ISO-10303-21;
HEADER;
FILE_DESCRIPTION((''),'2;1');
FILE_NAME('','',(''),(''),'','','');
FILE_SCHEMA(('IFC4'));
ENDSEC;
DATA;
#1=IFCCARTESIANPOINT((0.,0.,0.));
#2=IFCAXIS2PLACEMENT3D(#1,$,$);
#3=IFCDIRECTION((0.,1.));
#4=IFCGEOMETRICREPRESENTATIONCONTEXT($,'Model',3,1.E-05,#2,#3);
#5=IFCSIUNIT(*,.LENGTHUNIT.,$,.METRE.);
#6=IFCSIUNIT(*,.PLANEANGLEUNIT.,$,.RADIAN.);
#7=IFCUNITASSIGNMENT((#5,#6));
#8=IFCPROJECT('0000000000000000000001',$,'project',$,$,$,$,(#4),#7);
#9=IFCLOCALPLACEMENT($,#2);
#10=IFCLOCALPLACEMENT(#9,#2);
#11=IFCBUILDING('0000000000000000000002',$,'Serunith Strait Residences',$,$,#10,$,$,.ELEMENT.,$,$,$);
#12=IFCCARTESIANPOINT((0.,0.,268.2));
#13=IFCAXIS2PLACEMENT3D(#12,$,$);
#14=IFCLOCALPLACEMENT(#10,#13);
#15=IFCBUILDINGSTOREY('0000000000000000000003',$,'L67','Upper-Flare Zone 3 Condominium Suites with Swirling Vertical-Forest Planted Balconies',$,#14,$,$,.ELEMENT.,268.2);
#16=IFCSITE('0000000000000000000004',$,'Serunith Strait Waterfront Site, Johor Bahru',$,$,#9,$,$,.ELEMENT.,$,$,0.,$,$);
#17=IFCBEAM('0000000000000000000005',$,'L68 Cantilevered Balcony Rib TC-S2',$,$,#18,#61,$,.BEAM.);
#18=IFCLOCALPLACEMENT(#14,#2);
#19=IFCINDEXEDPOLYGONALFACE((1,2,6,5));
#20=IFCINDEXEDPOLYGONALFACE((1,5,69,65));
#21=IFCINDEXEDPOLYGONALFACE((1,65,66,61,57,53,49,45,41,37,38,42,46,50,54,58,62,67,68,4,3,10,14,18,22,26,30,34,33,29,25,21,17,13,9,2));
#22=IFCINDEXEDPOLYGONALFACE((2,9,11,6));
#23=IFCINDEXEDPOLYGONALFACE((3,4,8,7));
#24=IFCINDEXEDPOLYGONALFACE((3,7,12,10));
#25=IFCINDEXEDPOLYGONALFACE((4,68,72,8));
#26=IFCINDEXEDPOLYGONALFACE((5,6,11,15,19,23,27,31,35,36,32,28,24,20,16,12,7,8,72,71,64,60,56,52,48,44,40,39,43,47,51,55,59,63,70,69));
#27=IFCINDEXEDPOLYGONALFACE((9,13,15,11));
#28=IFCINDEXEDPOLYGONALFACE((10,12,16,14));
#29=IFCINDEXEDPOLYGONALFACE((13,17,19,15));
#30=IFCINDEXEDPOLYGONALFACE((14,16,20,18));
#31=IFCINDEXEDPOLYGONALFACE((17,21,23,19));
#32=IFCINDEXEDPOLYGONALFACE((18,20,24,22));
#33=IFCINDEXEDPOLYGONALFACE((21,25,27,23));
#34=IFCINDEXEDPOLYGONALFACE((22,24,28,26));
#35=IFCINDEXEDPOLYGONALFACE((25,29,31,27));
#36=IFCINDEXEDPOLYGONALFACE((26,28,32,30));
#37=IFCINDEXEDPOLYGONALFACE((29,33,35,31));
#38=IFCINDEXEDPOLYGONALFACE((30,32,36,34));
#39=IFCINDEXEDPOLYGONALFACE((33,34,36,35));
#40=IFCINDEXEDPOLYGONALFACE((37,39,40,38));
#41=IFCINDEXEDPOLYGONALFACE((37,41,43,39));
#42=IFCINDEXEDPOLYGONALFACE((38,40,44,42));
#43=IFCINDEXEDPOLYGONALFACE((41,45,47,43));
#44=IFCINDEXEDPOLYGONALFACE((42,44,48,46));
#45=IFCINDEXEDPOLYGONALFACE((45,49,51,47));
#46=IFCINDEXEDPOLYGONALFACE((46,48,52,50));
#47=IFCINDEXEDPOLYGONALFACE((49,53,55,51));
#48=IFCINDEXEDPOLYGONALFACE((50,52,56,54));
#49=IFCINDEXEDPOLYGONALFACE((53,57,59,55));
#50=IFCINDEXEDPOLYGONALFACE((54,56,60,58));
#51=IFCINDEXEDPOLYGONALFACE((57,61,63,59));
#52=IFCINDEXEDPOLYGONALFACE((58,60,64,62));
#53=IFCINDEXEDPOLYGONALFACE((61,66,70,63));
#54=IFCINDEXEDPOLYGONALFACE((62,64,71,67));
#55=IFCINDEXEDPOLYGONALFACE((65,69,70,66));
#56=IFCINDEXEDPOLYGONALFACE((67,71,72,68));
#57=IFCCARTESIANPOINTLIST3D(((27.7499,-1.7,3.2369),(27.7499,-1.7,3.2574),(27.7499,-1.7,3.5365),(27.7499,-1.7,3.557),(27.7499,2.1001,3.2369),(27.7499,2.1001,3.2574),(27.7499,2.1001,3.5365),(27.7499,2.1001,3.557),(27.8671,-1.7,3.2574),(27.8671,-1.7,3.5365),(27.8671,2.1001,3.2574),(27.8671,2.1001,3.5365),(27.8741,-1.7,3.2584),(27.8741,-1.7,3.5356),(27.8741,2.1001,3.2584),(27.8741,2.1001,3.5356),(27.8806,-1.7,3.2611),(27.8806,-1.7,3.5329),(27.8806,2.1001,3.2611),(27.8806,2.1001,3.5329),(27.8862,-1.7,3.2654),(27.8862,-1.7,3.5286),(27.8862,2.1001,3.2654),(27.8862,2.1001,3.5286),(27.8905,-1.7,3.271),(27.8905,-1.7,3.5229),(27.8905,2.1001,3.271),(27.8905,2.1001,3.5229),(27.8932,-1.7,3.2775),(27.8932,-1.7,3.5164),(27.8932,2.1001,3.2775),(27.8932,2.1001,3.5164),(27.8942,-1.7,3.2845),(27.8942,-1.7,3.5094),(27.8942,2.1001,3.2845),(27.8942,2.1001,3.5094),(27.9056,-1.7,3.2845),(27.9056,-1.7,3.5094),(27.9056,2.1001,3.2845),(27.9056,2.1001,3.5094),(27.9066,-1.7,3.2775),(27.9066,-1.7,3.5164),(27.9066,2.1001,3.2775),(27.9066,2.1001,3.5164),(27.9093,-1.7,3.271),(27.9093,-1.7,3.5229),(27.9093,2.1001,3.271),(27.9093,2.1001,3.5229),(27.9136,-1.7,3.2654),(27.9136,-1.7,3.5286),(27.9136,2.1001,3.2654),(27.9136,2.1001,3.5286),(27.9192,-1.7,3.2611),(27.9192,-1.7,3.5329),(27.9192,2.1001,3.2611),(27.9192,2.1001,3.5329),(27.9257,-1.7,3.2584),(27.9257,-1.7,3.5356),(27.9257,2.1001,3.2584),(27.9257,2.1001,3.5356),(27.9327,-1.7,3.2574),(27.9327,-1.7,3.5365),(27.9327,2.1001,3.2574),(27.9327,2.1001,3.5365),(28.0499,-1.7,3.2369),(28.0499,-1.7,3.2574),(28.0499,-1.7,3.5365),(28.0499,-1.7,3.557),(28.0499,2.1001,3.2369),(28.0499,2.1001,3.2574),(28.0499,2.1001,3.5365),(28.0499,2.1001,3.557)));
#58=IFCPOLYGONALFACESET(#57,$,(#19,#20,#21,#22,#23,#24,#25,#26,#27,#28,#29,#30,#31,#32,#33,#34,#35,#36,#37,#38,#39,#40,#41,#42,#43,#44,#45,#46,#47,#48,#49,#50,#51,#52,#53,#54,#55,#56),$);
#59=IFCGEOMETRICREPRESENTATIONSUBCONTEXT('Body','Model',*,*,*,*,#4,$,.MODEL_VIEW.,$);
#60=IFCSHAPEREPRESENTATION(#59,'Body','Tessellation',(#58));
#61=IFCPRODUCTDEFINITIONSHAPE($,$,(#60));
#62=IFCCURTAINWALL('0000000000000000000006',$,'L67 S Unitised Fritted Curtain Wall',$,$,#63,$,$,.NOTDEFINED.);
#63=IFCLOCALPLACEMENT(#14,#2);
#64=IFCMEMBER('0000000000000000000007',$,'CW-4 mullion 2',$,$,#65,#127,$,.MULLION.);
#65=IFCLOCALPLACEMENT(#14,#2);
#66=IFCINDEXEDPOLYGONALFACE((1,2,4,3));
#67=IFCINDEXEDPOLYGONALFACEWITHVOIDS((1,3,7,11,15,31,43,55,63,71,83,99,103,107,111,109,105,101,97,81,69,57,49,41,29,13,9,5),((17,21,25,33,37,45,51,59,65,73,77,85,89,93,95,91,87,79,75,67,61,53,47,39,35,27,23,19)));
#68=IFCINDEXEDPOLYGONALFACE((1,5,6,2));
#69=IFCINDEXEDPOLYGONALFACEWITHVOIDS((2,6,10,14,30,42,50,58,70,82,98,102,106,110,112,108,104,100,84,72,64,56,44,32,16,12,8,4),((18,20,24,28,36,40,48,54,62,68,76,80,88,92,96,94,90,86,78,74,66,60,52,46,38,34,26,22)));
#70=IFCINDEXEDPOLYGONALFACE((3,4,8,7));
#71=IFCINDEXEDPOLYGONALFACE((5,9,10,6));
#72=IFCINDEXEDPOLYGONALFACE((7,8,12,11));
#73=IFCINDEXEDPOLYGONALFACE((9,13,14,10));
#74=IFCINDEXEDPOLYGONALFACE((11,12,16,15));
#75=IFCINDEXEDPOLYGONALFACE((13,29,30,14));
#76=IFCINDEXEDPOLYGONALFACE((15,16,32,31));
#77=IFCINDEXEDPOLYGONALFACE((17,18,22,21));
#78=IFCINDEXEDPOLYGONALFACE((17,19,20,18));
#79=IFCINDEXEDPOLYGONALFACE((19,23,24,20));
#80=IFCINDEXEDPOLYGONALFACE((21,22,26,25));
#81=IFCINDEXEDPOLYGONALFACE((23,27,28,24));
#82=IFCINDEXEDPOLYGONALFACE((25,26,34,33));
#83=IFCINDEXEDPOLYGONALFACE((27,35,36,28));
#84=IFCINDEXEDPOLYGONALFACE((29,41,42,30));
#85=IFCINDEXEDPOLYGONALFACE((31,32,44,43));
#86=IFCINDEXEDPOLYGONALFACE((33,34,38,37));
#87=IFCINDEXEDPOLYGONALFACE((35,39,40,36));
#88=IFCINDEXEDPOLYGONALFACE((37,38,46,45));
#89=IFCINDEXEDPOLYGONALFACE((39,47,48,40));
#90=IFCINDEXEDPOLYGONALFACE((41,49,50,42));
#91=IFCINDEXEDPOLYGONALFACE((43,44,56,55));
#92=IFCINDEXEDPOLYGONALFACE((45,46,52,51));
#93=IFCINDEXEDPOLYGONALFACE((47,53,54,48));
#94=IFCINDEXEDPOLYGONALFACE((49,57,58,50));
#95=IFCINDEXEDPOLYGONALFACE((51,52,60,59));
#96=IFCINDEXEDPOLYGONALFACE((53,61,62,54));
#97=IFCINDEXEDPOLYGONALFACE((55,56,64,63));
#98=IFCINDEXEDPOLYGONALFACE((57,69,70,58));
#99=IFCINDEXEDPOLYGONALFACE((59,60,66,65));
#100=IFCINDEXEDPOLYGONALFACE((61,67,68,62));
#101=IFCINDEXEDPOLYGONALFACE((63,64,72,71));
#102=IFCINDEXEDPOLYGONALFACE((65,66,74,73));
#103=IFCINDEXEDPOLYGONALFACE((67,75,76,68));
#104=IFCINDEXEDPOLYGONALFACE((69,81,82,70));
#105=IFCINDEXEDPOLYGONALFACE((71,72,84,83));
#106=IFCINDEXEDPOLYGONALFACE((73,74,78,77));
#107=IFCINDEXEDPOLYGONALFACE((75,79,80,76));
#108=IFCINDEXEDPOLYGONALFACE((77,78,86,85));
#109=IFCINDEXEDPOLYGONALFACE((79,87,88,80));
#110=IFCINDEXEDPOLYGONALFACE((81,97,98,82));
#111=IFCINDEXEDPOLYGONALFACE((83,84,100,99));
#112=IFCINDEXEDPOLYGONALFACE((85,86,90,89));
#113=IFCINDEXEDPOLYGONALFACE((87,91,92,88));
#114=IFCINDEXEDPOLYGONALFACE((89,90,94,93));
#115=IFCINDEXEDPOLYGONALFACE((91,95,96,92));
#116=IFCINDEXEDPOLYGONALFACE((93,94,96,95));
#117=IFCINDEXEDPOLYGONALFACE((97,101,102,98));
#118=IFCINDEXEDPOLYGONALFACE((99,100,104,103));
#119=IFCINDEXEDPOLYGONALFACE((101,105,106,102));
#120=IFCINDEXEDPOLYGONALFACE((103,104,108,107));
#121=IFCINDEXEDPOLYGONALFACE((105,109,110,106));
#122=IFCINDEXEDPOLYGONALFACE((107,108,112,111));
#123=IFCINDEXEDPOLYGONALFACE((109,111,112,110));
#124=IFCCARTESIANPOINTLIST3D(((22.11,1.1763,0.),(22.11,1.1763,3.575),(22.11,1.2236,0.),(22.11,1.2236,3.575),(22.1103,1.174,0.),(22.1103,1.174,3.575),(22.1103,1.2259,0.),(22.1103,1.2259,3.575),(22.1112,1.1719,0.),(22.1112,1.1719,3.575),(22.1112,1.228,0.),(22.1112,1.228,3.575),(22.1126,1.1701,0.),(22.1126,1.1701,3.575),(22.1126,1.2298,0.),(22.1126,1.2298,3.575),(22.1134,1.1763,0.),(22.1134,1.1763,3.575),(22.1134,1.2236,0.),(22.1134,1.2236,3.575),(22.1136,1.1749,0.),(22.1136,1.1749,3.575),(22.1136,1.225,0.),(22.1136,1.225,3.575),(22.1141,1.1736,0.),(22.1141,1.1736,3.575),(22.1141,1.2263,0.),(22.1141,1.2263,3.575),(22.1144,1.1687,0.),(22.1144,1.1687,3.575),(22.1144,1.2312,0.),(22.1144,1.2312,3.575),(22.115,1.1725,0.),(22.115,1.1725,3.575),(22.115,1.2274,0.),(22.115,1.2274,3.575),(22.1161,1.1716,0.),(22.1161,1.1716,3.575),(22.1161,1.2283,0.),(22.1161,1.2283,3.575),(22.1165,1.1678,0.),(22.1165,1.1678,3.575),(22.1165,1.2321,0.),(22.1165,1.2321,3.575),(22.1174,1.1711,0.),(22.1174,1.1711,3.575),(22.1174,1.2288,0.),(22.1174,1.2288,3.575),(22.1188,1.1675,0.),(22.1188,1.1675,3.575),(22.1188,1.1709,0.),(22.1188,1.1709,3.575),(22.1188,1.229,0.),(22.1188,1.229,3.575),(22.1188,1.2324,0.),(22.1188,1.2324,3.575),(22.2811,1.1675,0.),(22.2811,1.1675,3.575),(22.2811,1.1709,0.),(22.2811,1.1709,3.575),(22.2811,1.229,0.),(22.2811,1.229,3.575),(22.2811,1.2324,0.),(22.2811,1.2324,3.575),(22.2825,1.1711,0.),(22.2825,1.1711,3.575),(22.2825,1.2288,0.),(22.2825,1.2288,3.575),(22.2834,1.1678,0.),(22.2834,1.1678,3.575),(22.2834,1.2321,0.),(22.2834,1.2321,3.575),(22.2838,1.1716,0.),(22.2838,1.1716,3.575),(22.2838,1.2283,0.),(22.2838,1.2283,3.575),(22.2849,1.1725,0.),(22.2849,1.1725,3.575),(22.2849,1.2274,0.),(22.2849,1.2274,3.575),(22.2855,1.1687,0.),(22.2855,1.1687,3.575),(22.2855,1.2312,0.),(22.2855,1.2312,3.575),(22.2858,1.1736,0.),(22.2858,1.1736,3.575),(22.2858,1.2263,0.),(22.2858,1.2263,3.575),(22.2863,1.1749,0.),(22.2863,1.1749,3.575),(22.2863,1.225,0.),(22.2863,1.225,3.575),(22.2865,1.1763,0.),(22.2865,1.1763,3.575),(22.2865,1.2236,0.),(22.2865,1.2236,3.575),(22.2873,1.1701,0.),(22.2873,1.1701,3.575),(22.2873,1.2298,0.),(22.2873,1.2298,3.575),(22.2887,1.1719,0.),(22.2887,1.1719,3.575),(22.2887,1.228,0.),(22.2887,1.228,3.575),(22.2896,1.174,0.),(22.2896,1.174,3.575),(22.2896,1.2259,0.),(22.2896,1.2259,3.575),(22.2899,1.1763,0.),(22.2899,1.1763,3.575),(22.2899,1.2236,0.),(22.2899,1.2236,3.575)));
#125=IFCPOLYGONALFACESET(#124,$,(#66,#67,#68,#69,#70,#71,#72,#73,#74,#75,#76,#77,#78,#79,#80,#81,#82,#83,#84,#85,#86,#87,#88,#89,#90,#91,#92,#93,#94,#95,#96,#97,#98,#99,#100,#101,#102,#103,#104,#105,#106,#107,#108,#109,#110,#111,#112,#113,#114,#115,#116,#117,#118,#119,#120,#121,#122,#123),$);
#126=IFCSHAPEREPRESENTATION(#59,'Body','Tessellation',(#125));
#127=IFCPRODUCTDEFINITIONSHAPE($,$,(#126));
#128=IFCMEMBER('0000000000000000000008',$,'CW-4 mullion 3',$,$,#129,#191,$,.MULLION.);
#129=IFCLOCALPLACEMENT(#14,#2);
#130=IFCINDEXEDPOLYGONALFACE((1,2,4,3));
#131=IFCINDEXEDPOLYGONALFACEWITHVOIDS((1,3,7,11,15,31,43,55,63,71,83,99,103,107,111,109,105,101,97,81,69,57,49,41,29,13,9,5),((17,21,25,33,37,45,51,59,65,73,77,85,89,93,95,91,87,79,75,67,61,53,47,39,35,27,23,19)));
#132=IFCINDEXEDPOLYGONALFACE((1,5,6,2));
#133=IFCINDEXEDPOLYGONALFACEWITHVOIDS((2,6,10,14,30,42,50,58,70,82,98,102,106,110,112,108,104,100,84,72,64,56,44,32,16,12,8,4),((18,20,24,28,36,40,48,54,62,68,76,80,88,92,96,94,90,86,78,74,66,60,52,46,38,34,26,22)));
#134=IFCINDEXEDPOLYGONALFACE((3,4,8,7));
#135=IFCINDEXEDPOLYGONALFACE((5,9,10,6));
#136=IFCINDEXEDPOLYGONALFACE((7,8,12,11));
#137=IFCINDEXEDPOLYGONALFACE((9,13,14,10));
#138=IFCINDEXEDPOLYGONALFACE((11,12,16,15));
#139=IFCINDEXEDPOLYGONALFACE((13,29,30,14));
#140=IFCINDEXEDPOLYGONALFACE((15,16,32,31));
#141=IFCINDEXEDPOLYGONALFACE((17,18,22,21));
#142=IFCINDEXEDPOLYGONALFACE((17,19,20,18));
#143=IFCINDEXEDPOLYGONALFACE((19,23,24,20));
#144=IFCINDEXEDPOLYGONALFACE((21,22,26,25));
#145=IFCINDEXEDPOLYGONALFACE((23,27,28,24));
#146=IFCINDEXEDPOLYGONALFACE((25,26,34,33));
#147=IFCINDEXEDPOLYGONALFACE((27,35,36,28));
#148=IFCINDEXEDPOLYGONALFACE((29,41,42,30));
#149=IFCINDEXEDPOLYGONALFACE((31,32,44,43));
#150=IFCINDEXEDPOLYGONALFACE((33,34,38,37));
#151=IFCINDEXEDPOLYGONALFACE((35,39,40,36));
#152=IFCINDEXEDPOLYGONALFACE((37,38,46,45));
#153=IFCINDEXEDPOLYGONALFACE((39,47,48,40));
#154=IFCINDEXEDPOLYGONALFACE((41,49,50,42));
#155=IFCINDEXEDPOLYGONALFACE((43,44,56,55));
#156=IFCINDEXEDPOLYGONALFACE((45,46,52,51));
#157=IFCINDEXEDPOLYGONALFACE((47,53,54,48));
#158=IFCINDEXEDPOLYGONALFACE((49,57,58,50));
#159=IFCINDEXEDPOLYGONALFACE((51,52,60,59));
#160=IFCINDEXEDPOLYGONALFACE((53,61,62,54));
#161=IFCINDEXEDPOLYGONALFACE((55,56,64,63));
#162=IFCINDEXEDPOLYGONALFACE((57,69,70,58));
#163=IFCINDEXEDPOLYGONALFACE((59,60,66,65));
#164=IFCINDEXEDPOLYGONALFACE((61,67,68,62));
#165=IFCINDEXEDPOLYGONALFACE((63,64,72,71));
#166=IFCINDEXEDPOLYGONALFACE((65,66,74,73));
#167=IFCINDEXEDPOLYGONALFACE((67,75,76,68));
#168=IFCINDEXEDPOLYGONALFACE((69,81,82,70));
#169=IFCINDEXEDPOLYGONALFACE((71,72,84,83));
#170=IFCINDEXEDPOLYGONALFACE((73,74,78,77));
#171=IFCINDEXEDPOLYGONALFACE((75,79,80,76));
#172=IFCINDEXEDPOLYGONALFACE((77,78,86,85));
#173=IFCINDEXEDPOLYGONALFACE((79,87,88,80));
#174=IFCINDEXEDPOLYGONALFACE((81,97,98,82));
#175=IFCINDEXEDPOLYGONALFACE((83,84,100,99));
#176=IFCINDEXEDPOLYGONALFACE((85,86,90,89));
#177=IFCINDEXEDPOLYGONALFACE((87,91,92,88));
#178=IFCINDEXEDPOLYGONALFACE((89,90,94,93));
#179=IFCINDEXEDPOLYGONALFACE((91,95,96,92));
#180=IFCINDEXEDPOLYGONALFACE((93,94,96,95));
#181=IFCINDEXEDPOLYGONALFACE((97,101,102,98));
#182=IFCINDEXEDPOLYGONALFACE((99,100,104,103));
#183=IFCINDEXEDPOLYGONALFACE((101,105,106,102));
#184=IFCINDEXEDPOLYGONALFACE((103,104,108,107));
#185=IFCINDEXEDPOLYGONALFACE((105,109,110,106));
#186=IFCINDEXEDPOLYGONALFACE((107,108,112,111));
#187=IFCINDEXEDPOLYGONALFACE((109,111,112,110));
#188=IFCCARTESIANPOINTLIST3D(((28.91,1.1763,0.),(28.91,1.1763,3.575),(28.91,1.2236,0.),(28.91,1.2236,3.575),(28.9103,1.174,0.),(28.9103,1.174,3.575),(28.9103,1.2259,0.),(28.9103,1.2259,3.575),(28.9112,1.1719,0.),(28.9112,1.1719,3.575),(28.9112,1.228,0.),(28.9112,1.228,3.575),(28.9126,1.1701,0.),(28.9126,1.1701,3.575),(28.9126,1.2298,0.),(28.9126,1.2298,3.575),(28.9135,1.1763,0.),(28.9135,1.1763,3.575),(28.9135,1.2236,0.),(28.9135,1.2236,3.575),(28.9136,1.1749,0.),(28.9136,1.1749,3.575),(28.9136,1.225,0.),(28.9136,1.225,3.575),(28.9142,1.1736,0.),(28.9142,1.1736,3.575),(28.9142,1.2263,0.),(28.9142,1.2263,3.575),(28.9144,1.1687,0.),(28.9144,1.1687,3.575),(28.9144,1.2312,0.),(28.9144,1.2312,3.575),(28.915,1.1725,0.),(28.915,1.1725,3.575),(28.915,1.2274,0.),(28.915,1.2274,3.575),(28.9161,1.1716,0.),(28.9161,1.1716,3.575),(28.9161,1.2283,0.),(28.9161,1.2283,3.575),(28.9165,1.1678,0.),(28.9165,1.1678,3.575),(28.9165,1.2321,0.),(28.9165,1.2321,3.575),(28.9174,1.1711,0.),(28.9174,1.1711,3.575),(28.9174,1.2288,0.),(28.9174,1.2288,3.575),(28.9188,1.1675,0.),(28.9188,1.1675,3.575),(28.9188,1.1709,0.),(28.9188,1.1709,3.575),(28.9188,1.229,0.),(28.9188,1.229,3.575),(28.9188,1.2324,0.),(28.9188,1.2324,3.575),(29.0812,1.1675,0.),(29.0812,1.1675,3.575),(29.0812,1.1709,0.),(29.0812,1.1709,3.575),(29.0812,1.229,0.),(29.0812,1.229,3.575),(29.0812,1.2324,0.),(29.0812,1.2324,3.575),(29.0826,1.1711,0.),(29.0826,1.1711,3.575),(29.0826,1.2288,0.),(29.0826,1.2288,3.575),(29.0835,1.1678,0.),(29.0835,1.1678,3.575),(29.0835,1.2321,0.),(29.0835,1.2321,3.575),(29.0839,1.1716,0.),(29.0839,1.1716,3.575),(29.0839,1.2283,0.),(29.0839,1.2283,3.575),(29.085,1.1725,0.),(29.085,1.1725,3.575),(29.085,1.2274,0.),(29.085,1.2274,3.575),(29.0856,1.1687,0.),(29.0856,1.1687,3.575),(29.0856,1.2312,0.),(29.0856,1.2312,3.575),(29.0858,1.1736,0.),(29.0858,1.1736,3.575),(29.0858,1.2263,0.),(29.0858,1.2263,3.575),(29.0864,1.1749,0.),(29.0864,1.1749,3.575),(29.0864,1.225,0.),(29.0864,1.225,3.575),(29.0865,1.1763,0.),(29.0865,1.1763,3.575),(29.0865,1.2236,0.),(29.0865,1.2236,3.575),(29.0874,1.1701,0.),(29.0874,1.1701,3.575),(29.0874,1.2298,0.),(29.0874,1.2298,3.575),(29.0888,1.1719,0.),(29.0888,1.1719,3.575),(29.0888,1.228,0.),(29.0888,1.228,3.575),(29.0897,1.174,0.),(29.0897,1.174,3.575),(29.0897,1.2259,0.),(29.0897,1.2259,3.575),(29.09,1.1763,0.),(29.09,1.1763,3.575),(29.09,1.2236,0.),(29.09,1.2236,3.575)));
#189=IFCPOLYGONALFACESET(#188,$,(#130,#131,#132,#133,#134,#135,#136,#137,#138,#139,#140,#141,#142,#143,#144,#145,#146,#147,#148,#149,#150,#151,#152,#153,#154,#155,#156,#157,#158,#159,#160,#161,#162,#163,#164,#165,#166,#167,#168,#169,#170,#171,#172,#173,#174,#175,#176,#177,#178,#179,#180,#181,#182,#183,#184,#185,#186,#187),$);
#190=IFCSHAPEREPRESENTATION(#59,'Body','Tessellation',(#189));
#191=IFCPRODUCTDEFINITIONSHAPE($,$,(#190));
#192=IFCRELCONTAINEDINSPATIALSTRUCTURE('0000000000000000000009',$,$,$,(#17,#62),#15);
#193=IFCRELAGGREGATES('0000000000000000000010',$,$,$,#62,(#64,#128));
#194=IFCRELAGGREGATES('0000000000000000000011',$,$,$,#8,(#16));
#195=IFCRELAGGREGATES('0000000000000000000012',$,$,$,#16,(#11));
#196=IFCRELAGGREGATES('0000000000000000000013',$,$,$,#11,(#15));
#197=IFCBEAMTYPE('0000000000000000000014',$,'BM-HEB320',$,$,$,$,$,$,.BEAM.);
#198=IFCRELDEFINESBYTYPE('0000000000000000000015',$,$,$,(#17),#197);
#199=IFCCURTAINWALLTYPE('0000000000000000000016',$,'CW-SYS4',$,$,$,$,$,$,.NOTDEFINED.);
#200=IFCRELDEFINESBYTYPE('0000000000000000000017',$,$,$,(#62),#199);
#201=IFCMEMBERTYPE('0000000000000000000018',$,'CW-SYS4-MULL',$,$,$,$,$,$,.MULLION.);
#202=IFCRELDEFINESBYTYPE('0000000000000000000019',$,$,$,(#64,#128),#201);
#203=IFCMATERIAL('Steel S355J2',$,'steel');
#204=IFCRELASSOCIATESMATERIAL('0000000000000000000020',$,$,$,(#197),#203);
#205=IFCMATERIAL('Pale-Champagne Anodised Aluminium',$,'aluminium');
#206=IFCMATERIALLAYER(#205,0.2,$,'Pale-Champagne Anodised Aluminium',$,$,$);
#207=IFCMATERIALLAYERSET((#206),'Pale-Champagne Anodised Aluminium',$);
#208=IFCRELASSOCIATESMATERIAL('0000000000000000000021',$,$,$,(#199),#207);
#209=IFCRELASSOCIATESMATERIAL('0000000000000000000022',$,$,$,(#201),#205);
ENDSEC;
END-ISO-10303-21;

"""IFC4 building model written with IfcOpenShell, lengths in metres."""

from ifc_helpers import new_model, si_unit, direction, frame, origin, origin_2d, place, context, subcontext, project, spatial, hollow_rectangle, i_section, extrude, source, transform, mapped, material, layer, layer_set, material_profile, profile_set, type_object, element, aggregate, save


model = new_model("IFC4")

# Units and contexts
model_context = context("Model", 3, precision=1e-05, world=origin(), true_north=direction((0.0, 1.0)))
body_context = subcontext(model_context, "Body", "Model", "MODEL_VIEW")
ifc_project = project(units=[si_unit("LENGTHUNIT", "METRE"), si_unit("PLANEANGLEUNIT", "RADIAN")], contexts=[model_context])

# Site, building, storey
site_placement = place(None, origin())
site = spatial("IfcSite", under=ifc_project, at=site_placement, Name="Serunith Strait Waterfront Site, Johor Bahru", CompositionType="ELEMENT", RefElevation=0.0)
building_placement = place(site_placement, origin())
building = spatial("IfcBuilding", under=site, at=building_placement, Name="Serunith Strait Residences", CompositionType="ELEMENT")
storey_placement = place(building_placement, frame((0.0, 0.0, 268.2)))
storey = spatial("IfcBuildingStorey", under=building, at=storey_placement, Name="L67", Description="Upper-Flare Zone 3 Condominium Suites with Swirling Vertical-Forest Planted Balconies", CompositionType="ELEMENT", Elevation=268.2)

# Beam
ifc_material_1 = material(Name="Steel S355J2", Category="steel")
ifc_material_profile_1 = material_profile(ifc_material_1, i_section(OverallWidth=0.3, OverallDepth=0.3201, WebThickness=0.0115, FlangeThickness=0.0205, FilletRadius=0.0271, at=origin_2d()), Name="HEB 320")
ifc_profile_set_1 = profile_set([ifc_material_profile_1], Name="Steel S355J2")
beam_type_1 = type_object("IfcBeamType", Name="BM-HEB320", PredefinedType="BEAM", material=ifc_profile_set_1)
shared_shape_1 = source(origin(), body_context, "Body", "SweptSolid", [
    extrude(i_section(OverallWidth=0.3, OverallDepth=0.3201, WebThickness=0.0115, FlangeThickness=0.0205, FilletRadius=0.0271, at=origin_2d()), origin(), (0.0, 0.0, 1.0), 3.8),
])
beam_1_placement = place(storey_placement, frame((27.8999, 2.1001, 3.397), z_axis=(0.0, -1.0, 0.0), x_axis=(1.0, 0.0, 0.0)))
element("IfcBeam", 1, at=beam_1_placement, inside=storey, type_object=beam_type_1, Name="L68 Cantilevered Balcony Rib TC-S2", PredefinedType="BEAM", context=body_context, shape_type="MappedRepresentation", body=[
    mapped(shared_shape_1, transform((0.0, 0.0, 0.0), scale=1.0)),
])

# Curtain wall, members
ifc_material_2 = material(Name="Pale-Champagne Anodised Aluminium", Category="aluminium")
ifc_layer_1 = layer(ifc_material_2, 0.2, Name="Pale-Champagne Anodised Aluminium")
ifc_layer_set_1 = layer_set([ifc_layer_1], Name="Pale-Champagne Anodised Aluminium")
curtain_wall_type = type_object("IfcCurtainWallType", Name="CW-SYS4", PredefinedType="NOTDEFINED", material=ifc_layer_set_1)
curtain_wall_placement = place(storey_placement, origin())
curtain_wall = element("IfcCurtainWall", 2, at=curtain_wall_placement, inside=storey, type_object=curtain_wall_type, Name="L67 S Unitised Fritted Curtain Wall", PredefinedType="NOTDEFINED")
ifc_material_profile_2 = material_profile(ifc_material_2, hollow_rectangle(XDim=0.0649, YDim=0.1799, WallThickness=0.0034, InnerFilletRadius=0.0054, OuterFilletRadius=0.0088, at=origin_2d()), Name="ALU 180x65x3.5")
ifc_profile_set_2 = profile_set([ifc_material_profile_2], Name="Pale-Champagne Anodised Aluminium")
member_type_1 = type_object("IfcMemberType", Name="CW-SYS4-MULL", PredefinedType="MULLION", material=ifc_profile_set_2)
shared_shape_2 = source(origin(), body_context, "Body", "SweptSolid", [
    extrude(hollow_rectangle(XDim=0.0649, YDim=0.1799, WallThickness=0.0034, InnerFilletRadius=0.0054, OuterFilletRadius=0.0088, at=origin_2d()), origin(), (0.0, 0.0, 1.0), 3.575),
])
member_1_placement = place(storey_placement, frame((22.2, 1.2, 0.0), z_axis=(0.0, 0.0, 1.0), x_axis=(0.0, 1.0, 0.0)))
member_1 = element("IfcMember", 3, at=member_1_placement, type_object=member_type_1, Name="CW-4 mullion 2", PredefinedType="MULLION", context=body_context, shape_type="MappedRepresentation", body=[
    mapped(shared_shape_2, transform((0.0, 0.0, 0.0), scale=1.0)),
])
member_2_placement = place(storey_placement, frame((29.0, 1.2, 0.0), z_axis=(0.0, 0.0, 1.0), x_axis=(0.0, 1.0, 0.0)))
member_2 = element("IfcMember", 4, at=member_2_placement, type_object=member_type_1, Name="CW-4 mullion 3", PredefinedType="MULLION", context=body_context, shape_type="MappedRepresentation", body=[
    mapped(shared_shape_2, transform((0.0, 0.0, 0.0), scale=1.0)),
])
aggregate(curtain_wall, [member_1, member_2])

save(model, "model.ifc")
